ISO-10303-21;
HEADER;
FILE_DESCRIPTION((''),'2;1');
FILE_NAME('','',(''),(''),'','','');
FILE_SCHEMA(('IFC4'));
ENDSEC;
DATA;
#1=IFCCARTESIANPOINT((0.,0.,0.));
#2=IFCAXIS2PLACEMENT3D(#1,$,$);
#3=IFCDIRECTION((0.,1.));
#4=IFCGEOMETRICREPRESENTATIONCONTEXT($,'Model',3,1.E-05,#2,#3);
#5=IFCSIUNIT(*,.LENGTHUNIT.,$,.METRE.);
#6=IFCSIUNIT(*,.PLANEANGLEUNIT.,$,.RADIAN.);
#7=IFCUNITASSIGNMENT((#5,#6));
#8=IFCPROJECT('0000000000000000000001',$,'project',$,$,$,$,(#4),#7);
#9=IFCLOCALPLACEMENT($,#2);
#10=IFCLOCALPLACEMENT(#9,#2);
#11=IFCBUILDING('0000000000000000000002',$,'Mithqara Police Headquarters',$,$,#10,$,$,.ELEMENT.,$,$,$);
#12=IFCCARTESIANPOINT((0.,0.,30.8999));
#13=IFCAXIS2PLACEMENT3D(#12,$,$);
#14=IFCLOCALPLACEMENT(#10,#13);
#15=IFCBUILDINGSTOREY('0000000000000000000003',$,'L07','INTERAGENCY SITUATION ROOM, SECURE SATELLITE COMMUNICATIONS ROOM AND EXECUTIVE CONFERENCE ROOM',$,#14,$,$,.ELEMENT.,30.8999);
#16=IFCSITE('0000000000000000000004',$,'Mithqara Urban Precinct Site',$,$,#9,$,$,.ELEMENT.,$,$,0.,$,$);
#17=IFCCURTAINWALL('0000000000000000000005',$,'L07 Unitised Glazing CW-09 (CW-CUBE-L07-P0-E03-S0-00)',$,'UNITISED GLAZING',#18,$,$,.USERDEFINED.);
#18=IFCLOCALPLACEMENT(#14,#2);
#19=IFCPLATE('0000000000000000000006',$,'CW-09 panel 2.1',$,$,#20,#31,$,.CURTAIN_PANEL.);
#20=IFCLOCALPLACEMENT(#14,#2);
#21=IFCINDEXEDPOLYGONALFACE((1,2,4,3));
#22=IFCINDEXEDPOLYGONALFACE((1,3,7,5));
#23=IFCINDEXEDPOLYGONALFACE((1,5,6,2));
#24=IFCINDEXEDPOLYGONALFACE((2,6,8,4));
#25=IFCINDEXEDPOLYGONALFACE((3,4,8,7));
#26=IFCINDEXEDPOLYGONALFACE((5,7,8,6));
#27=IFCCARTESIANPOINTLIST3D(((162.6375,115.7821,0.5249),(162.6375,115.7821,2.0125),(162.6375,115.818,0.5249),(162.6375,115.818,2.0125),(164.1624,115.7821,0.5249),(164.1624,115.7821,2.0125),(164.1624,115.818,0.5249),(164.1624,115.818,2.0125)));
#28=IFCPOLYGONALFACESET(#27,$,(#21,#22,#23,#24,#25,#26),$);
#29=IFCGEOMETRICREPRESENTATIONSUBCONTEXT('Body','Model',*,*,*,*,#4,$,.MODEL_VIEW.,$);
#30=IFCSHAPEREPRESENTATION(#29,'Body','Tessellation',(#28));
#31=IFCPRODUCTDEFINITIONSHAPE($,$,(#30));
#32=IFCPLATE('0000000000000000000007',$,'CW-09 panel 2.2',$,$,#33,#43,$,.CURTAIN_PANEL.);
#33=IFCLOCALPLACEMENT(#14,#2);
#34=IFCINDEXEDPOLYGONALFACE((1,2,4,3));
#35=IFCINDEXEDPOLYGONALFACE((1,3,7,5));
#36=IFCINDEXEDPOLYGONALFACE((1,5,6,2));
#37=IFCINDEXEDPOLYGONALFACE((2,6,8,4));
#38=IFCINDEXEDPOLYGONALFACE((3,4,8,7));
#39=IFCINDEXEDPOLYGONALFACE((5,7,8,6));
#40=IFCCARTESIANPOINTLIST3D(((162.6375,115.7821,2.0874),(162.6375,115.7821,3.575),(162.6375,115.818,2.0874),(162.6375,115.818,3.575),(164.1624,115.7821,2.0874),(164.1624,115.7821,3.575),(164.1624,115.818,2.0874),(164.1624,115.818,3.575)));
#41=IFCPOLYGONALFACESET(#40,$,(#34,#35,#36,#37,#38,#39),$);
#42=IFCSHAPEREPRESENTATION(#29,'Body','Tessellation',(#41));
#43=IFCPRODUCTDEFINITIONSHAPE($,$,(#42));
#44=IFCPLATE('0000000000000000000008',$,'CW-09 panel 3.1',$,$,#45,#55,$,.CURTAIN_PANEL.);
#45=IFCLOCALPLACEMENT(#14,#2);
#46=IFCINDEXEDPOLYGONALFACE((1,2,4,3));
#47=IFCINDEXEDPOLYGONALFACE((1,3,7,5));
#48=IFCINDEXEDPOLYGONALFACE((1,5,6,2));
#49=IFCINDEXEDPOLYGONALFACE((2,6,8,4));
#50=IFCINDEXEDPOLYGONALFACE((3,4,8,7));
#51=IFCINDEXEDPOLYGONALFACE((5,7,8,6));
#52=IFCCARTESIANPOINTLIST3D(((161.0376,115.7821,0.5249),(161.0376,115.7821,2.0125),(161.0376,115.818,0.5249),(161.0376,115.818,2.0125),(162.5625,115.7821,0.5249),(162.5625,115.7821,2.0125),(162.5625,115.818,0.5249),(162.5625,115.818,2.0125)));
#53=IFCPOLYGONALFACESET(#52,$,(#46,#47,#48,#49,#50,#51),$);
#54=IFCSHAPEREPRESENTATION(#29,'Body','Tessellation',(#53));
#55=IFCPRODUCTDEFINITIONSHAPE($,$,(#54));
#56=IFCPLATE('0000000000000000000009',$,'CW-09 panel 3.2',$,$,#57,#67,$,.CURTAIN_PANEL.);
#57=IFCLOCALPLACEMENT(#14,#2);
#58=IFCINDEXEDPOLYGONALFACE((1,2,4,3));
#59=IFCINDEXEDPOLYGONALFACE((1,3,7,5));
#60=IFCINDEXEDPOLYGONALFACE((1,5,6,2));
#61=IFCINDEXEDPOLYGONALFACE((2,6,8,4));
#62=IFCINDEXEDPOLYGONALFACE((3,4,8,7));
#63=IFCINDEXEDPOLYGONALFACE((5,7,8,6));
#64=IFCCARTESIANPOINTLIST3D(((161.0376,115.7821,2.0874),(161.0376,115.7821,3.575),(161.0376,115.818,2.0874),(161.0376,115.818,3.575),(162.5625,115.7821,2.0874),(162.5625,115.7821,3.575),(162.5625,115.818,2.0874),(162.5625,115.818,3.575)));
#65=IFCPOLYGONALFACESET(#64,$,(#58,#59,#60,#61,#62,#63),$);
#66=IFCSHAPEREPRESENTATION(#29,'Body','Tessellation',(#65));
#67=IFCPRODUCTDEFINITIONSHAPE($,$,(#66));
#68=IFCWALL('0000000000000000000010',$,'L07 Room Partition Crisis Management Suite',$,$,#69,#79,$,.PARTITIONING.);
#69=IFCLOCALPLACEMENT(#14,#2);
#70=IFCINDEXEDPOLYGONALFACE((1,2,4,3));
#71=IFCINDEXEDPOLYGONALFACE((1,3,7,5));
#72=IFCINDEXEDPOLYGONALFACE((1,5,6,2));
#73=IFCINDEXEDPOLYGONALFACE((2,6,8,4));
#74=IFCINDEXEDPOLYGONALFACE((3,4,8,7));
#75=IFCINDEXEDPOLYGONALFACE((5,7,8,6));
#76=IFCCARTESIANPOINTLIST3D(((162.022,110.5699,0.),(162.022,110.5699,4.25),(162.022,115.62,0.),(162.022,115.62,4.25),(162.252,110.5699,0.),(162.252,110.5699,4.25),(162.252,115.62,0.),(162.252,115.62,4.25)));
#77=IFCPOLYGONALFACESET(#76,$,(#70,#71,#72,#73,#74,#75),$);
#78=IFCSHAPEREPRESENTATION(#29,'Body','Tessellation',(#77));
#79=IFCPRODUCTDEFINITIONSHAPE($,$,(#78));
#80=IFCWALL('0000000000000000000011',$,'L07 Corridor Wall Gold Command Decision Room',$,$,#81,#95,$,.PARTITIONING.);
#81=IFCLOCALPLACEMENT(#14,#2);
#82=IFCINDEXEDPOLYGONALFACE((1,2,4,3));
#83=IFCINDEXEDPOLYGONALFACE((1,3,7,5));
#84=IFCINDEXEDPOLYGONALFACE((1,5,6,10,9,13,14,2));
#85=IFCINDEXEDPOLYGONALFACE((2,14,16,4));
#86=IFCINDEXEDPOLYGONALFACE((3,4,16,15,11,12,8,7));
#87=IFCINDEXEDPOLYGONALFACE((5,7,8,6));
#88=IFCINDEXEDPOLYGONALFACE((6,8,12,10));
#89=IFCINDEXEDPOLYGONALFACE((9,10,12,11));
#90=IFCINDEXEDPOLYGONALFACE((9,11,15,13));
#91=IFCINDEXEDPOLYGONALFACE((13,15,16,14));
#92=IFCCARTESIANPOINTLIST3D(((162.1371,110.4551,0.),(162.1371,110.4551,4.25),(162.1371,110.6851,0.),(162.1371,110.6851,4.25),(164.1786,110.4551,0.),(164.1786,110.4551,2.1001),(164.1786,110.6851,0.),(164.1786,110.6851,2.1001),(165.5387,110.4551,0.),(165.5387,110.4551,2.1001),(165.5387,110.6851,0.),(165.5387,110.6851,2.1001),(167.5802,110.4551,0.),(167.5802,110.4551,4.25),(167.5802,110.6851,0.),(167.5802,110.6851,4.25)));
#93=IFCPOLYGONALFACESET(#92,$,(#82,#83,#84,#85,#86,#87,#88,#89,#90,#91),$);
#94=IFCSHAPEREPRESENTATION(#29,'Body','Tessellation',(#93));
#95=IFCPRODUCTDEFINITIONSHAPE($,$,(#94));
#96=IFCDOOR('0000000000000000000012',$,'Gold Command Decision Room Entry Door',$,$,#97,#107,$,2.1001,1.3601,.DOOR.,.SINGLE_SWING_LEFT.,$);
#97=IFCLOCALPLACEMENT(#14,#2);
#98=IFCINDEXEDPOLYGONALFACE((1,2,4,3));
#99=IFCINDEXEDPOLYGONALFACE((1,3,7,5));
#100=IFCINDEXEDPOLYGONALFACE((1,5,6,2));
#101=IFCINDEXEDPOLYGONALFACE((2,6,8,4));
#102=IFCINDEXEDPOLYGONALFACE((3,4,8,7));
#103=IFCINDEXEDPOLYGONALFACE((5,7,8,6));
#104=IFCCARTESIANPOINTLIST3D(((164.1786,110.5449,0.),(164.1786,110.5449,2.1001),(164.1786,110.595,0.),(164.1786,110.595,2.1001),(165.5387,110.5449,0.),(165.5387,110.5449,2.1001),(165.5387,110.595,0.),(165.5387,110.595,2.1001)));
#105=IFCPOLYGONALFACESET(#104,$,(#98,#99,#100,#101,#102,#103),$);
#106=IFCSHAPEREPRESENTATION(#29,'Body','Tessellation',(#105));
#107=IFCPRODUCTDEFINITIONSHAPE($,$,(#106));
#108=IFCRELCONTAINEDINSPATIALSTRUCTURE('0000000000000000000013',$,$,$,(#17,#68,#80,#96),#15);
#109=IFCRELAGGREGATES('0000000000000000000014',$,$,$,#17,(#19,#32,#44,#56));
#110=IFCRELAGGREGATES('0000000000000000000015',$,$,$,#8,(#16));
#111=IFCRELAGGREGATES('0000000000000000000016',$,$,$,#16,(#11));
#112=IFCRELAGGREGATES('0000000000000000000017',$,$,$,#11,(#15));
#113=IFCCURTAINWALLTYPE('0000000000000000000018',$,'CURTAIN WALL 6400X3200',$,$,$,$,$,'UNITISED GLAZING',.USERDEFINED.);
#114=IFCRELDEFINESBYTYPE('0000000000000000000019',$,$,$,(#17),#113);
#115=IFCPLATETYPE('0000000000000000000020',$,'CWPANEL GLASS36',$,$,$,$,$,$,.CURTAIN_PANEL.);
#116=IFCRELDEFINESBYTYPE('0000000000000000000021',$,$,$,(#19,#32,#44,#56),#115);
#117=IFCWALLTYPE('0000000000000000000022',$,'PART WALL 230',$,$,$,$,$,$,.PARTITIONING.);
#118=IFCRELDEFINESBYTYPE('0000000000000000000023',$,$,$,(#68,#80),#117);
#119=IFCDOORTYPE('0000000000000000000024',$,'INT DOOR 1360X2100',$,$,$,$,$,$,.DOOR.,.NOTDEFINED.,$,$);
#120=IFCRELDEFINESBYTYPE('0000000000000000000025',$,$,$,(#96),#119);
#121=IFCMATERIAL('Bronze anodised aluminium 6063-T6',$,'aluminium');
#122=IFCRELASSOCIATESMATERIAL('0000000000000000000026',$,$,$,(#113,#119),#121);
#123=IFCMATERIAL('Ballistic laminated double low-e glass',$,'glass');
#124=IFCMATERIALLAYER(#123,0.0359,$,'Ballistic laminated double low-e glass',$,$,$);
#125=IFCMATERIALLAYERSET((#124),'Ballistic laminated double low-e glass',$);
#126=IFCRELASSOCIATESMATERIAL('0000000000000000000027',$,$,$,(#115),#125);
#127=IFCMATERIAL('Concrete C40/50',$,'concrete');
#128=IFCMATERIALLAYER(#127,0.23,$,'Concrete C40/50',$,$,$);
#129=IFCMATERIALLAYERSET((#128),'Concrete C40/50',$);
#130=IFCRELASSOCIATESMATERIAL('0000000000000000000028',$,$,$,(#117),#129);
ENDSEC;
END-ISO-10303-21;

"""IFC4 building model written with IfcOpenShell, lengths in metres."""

from ifc_helpers import new_model, si_unit, direction, frame, frame_2d, origin, origin_2d, place, context, subcontext, project, spatial, rectangle, extrude, material, layer, layer_set, type_object, element, fill, aggregate, save


model = new_model("IFC4")

# Units and contexts
model_context = context("Model", 3, precision=1e-05, world=origin(), true_north=direction((0.0, 1.0)))
body_context = subcontext(model_context, "Body", "Model", "MODEL_VIEW")
ifc_project = project(units=[si_unit("LENGTHUNIT", "METRE"), si_unit("PLANEANGLEUNIT", "RADIAN")], contexts=[model_context])

# Site, building, storey
site_placement = place(None, origin())
site = spatial("IfcSite", under=ifc_project, at=site_placement, Name="Mithqara Urban Precinct Site", CompositionType="ELEMENT", RefElevation=0.0)
building_placement = place(site_placement, origin())
building = spatial("IfcBuilding", under=site, at=building_placement, Name="Mithqara Police Headquarters", CompositionType="ELEMENT")
storey_placement = place(building_placement, frame((0.0, 0.0, 30.8999)))
storey = spatial("IfcBuildingStorey", under=building, at=storey_placement, Name="L07", Description="INTERAGENCY SITUATION ROOM, SECURE SATELLITE COMMUNICATIONS ROOM AND EXECUTIVE CONFERENCE ROOM", CompositionType="ELEMENT", Elevation=30.8999)

# Curtain wall, plates
ifc_material_1 = material(Name="Bronze anodised aluminium 6063-T6", Category="aluminium")
curtain_wall_type = type_object("IfcCurtainWallType", Name="CURTAIN WALL 6400X3200", ElementType="UNITISED GLAZING", PredefinedType="USERDEFINED", material=ifc_material_1)
curtain_wall_placement = place(storey_placement, origin())
curtain_wall = element("IfcCurtainWall", 1, at=curtain_wall_placement, inside=storey, type_object=curtain_wall_type, Name="L07 Unitised Glazing CW-09 (CW-CUBE-L07-P0-E03-S0-00)", ObjectType="UNITISED GLAZING", PredefinedType="USERDEFINED")
ifc_material_2 = material(Name="Ballistic laminated double low-e glass", Category="glass")
ifc_layer_1 = layer(ifc_material_2, 0.0359, Name="Ballistic laminated double low-e glass")
ifc_layer_set_1 = layer_set([ifc_layer_1], Name="Ballistic laminated double low-e glass")
plate_type = type_object("IfcPlateType", Name="CWPANEL GLASS36", PredefinedType="CURTAIN_PANEL", material=ifc_layer_set_1)
plate_1_placement = place(storey_placement, frame((163.3999, 115.8, 0.5249), z_axis=(0.0, 0.0, 1.0), x_axis=(-1.0, 0.0, 0.0)))
plate_1 = element("IfcPlate", 2, at=plate_1_placement, type_object=plate_type, Name="CW-09 panel 2.1", PredefinedType="CURTAIN_PANEL", context=body_context, shape_type="SweptSolid", body=[
    extrude(rectangle(XDim=1.5249, YDim=0.0359, at=origin_2d()), origin(), (0.0, 0.0, 1.0), 1.4875),
])
plate_2_placement = place(storey_placement, frame((163.3999, 115.8, 2.0874), z_axis=(0.0, 0.0, 1.0), x_axis=(-1.0, 0.0, 0.0)))
plate_2 = element("IfcPlate", 3, at=plate_2_placement, type_object=plate_type, Name="CW-09 panel 2.2", PredefinedType="CURTAIN_PANEL", context=body_context, shape_type="SweptSolid", body=[
    extrude(rectangle(XDim=1.5249, YDim=0.0359, at=origin_2d()), origin(), (0.0, 0.0, 1.0), 1.4875),
])
plate_3_placement = place(storey_placement, frame((161.8, 115.8, 0.5249), z_axis=(0.0, 0.0, 1.0), x_axis=(-1.0, 0.0, 0.0)))
plate_3 = element("IfcPlate", 4, at=plate_3_placement, type_object=plate_type, Name="CW-09 panel 3.1", PredefinedType="CURTAIN_PANEL", context=body_context, shape_type="SweptSolid", body=[
    extrude(rectangle(XDim=1.5249, YDim=0.0359, at=origin_2d()), origin(), (0.0, 0.0, 1.0), 1.4875),
])
plate_4_placement = place(storey_placement, frame((161.8, 115.8, 2.0874), z_axis=(0.0, 0.0, 1.0), x_axis=(-1.0, 0.0, 0.0)))
plate_4 = element("IfcPlate", 5, at=plate_4_placement, type_object=plate_type, Name="CW-09 panel 3.2", PredefinedType="CURTAIN_PANEL", context=body_context, shape_type="SweptSolid", body=[
    extrude(rectangle(XDim=1.5249, YDim=0.0359, at=origin_2d()), origin(), (0.0, 0.0, 1.0), 1.4875),
])
aggregate(curtain_wall, [plate_1, plate_2, plate_3, plate_4])

# Wall
ifc_material_3 = material(Name="Concrete C40/50", Category="concrete")
ifc_layer_2 = layer(ifc_material_3, 0.23, Name="Concrete C40/50")
ifc_layer_set_2 = layer_set([ifc_layer_2], Name="Concrete C40/50")
wall_type = type_object("IfcWallType", Name="PART WALL 230", PredefinedType="PARTITIONING", material=ifc_layer_set_2)
wall_1_placement = place(storey_placement, frame((162.137, 110.5701, 0.0), z_axis=(0.0, 0.0, 1.0), x_axis=(0.0, 1.0, 0.0)))
element("IfcWall", 6, at=wall_1_placement, inside=storey, type_object=wall_type, Name="L07 Room Partition Crisis Management Suite", PredefinedType="PARTITIONING", context=body_context, shape_type="SweptSolid", body=[
    extrude(rectangle(XDim=5.05, YDim=0.23, at=frame_2d((2.5249, 0.0))), origin(), (0.0, 0.0, 1.0), 4.25),
])

# Wall, opening, door
wall_2_placement = place(storey_placement, frame((162.137, 110.5701, 0.0), z_axis=(0.0, 0.0, 1.0), x_axis=(1.0, 0.0, 0.0)))
wall_2 = element("IfcWall", 7, at=wall_2_placement, inside=storey, type_object=wall_type, Name="L07 Corridor Wall Gold Command Decision Room", PredefinedType="PARTITIONING", context=body_context, shape_type="SweptSolid", body=[
    extrude(rectangle(XDim=5.4431, YDim=0.23, at=frame_2d((2.7217, 0.0))), origin(), (0.0, 0.0, 1.0), 4.25),
])
opening_placement = place(wall_2_placement, frame((2.0415, 0.0, 0.0)))
opening = element("IfcOpeningElement", 8, at=opening_placement, cuts=wall_2, PredefinedType="OPENING", context=body_context, shape_type="SweptSolid", body=[
    extrude(rectangle(XDim=1.3601, YDim=2.1001, at=frame_2d((0.6802, 1.05))), frame((0.0, 0.125, 0.0), z_axis=(0.0, -1.0, 0.0), x_axis=(1.0, 0.0, 0.0)), (0.0, 0.0, 1.0), 0.25),
])
door_type = type_object("IfcDoorType", Name="INT DOOR 1360X2100", OperationType="NOTDEFINED", PredefinedType="DOOR", material=ifc_material_1)
door_placement = place(opening_placement, origin())
door = element("IfcDoor", 9, at=door_placement, inside=storey, type_object=door_type, Name="Gold Command Decision Room Entry Door", OperationType="SINGLE_SWING_LEFT", OverallHeight=2.1001, OverallWidth=1.3601, PredefinedType="DOOR", context=body_context, shape_type="SweptSolid", body=[
    extrude(rectangle(XDim=1.3601, YDim=2.1001, at=frame_2d((0.6802, 1.05))), frame((0.0, 0.0249, 0.0), z_axis=(0.0, -1.0, 0.0), x_axis=(1.0, 0.0, 0.0)), (0.0, 0.0, 1.0), 0.05),
])
fill(opening, door)

save(model, "model.ifc")
